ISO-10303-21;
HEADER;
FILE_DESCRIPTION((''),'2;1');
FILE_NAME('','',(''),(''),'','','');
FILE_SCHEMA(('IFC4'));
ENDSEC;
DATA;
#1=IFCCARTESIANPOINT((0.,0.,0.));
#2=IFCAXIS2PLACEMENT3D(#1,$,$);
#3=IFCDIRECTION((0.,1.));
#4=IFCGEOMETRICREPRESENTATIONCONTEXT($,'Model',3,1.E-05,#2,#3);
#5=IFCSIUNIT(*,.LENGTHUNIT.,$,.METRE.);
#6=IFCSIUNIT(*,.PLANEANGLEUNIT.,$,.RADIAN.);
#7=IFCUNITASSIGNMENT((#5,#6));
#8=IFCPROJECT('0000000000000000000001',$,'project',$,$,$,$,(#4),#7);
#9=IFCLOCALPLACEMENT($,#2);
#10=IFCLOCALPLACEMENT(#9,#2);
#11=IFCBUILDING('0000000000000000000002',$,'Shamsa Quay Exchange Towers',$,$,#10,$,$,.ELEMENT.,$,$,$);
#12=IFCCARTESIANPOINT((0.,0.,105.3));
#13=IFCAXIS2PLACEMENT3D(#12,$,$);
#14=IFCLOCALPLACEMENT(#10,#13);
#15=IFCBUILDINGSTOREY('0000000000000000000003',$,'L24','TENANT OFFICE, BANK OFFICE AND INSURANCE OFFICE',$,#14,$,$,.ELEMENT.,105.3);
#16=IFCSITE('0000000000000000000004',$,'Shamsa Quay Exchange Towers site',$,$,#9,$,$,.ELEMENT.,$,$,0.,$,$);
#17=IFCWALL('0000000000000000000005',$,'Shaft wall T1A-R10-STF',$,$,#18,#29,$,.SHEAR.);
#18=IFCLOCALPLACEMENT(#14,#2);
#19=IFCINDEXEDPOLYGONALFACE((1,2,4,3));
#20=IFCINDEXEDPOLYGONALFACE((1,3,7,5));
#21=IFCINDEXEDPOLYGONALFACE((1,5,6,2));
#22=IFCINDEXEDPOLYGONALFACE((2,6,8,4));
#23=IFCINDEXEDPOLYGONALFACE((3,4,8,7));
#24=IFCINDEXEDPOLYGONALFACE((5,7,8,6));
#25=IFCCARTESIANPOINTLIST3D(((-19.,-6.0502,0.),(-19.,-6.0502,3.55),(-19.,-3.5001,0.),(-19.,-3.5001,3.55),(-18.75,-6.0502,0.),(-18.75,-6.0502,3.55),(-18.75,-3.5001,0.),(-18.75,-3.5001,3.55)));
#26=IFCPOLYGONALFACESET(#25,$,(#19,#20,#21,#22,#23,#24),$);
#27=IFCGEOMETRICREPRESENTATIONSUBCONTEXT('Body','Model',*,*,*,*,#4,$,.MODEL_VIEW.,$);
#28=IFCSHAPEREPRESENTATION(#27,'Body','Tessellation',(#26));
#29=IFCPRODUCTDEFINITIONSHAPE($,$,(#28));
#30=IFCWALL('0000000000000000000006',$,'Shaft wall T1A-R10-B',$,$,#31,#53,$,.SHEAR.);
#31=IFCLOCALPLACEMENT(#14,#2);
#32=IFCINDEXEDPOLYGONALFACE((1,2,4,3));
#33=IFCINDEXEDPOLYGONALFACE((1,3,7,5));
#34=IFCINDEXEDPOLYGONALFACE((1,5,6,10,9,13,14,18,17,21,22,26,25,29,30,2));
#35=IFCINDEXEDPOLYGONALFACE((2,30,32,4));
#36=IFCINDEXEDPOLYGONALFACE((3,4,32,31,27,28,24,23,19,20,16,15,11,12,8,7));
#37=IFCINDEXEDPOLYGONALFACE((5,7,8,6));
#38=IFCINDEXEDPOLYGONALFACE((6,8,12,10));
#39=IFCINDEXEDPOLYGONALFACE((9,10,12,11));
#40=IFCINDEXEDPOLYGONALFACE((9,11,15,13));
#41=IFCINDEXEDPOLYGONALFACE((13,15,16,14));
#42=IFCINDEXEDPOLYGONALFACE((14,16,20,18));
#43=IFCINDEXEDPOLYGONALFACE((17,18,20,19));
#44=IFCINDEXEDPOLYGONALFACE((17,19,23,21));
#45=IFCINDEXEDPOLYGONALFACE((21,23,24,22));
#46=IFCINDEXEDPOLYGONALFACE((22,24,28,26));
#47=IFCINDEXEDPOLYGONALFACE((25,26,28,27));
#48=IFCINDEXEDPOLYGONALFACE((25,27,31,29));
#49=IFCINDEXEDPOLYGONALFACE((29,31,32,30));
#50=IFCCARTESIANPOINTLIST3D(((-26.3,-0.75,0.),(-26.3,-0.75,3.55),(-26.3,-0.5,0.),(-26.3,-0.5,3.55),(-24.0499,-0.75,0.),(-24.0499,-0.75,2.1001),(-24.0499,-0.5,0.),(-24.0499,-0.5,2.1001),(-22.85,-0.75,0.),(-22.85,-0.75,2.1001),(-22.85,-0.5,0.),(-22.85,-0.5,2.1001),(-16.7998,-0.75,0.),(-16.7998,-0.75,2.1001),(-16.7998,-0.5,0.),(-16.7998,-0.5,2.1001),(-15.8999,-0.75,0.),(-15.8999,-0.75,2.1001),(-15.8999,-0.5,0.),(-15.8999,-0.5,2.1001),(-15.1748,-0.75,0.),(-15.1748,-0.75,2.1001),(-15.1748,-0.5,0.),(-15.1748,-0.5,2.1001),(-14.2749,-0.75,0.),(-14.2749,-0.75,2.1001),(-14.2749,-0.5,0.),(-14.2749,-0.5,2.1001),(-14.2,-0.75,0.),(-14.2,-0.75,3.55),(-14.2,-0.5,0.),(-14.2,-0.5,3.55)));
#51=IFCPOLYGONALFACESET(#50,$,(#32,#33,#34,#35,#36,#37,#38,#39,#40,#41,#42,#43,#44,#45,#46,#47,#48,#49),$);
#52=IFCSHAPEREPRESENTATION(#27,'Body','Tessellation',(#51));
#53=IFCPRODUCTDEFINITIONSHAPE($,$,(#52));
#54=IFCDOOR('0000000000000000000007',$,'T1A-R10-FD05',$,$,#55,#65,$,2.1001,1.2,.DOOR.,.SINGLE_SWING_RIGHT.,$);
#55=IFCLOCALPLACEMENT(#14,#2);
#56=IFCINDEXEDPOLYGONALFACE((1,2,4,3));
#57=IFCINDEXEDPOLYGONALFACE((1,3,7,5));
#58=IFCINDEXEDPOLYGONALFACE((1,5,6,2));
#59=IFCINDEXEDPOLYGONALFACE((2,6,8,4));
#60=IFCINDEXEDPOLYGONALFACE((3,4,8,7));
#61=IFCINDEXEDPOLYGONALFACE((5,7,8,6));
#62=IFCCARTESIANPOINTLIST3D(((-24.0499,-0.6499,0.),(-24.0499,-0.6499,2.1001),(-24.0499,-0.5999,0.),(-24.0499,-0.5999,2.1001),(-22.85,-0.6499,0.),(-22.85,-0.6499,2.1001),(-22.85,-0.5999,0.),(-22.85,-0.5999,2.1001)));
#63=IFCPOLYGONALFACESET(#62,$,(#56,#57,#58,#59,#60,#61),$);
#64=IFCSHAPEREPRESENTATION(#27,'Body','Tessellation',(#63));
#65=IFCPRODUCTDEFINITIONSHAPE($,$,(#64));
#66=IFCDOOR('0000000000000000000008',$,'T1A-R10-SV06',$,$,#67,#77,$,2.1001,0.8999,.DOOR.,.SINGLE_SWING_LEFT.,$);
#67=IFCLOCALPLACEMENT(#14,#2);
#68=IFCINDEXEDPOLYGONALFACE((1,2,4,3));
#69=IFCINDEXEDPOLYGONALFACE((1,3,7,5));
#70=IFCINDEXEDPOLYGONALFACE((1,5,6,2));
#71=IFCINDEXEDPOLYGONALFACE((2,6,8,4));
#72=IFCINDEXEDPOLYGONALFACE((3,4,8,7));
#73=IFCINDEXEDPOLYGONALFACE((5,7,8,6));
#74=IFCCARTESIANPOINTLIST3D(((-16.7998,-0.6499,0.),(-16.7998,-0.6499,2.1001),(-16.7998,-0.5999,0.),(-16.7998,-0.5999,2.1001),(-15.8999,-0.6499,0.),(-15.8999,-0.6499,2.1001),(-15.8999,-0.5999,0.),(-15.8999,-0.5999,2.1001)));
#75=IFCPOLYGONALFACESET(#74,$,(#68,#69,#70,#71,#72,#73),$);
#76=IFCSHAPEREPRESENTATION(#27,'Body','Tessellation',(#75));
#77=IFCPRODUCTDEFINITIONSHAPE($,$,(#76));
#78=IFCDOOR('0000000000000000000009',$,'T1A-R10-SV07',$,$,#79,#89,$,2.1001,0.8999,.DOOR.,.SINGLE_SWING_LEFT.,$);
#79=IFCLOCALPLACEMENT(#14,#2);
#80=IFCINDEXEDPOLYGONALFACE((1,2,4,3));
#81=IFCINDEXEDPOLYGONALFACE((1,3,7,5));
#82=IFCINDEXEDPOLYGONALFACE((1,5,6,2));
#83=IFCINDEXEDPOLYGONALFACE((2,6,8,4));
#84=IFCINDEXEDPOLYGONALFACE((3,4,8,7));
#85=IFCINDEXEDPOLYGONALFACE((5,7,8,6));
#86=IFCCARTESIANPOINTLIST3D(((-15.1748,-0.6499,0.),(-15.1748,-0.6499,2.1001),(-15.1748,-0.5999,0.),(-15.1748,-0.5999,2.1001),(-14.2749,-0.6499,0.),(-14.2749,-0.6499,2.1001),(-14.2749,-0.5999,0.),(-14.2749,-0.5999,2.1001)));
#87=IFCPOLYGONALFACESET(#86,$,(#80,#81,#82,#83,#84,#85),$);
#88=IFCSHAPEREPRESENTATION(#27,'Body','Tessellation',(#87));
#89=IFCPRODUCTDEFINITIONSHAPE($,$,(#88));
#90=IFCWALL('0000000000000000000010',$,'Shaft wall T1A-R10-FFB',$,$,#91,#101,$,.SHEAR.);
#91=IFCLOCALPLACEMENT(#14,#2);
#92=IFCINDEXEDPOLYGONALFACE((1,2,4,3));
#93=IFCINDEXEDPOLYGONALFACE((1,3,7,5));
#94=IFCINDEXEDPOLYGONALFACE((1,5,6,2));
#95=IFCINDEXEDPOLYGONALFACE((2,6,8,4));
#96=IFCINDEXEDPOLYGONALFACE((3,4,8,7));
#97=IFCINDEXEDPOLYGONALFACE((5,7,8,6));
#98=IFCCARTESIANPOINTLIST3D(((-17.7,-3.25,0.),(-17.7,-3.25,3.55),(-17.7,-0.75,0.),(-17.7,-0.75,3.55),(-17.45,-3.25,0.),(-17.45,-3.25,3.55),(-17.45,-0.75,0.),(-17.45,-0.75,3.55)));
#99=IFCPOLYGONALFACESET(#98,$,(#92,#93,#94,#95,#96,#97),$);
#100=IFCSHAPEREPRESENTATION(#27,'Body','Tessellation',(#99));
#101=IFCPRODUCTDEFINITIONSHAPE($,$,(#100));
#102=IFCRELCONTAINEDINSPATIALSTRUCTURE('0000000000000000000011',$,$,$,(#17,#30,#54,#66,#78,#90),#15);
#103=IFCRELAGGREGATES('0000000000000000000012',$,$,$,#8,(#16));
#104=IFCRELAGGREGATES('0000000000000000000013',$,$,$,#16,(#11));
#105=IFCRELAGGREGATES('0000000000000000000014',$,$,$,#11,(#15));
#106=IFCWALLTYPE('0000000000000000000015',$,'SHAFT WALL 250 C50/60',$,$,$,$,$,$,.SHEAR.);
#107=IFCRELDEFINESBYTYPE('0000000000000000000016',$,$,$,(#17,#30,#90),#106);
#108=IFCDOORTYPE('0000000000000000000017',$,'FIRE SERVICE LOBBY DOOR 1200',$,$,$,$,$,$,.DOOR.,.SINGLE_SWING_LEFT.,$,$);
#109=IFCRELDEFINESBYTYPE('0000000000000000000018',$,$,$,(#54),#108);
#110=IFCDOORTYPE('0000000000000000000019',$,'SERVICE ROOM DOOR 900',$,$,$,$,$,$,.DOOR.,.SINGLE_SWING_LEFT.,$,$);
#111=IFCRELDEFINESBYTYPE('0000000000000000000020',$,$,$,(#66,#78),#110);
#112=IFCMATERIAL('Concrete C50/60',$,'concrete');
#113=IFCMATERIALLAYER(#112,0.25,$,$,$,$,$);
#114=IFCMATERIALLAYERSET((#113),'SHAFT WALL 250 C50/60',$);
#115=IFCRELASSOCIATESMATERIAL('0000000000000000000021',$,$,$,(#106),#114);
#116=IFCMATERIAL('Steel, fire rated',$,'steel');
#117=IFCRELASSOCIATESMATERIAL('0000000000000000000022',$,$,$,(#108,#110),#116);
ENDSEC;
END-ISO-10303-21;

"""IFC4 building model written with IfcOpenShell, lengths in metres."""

from ifc_helpers import new_model, si_unit, direction, frame, frame_2d, origin, place, context, subcontext, project, spatial, rectangle, extrude, material, layer, layer_set, type_object, element, fill, save


model = new_model("IFC4")

# Units and contexts
model_context = context("Model", 3, precision=1e-05, world=origin(), true_north=direction((0.0, 1.0)))
body_context = subcontext(model_context, "Body", "Model", "MODEL_VIEW")
ifc_project = project(units=[si_unit("LENGTHUNIT", "METRE"), si_unit("PLANEANGLEUNIT", "RADIAN")], contexts=[model_context])

# Site, building, storey
site_placement = place(None, origin())
site = spatial("IfcSite", under=ifc_project, at=site_placement, Name="Shamsa Quay Exchange Towers site", CompositionType="ELEMENT", RefElevation=0.0)
building_placement = place(site_placement, origin())
building = spatial("IfcBuilding", under=site, at=building_placement, Name="Shamsa Quay Exchange Towers", CompositionType="ELEMENT")
storey_placement = place(building_placement, frame((0.0, 0.0, 105.3)))
storey = spatial("IfcBuildingStorey", under=building, at=storey_placement, Name="L24", Description="TENANT OFFICE, BANK OFFICE AND INSURANCE OFFICE", CompositionType="ELEMENT", Elevation=105.3)

# Shared definitions
ifc_material_1 = material(Name="Concrete C50/60", Category="concrete")
ifc_layer_1 = layer(ifc_material_1, 0.25)
ifc_layer_set_1 = layer_set([ifc_layer_1], Name="SHAFT WALL 250 C50/60")
wall_type_1 = type_object("IfcWallType", Name="SHAFT WALL 250 C50/60", PredefinedType="SHEAR", material=ifc_layer_set_1)
ifc_material_2 = material(Name="Steel, fire rated", Category="steel")

# Wall
wall_1_placement = place(storey_placement, frame((-18.875, -6.05, 0.0), z_axis=(0.0, 0.0, 1.0), x_axis=(0.0, 1.0, 0.0)))
element("IfcWall", 1, at=wall_1_placement, inside=storey, type_object=wall_type_1, Name="Shaft wall T1A-R10-STF", PredefinedType="SHEAR", context=body_context, shape_type="SweptSolid", body=[
    extrude(rectangle(XDim=2.55, YDim=0.25, at=frame_2d((1.2749, 0.0))), origin(), (0.0, 0.0, 1.0), 3.55),
])

# Wall, openings, doors
wall_2_placement = place(storey_placement, frame((-14.2, -0.625, 0.0), z_axis=(0.0, 0.0, 1.0), x_axis=(-1.0, 0.0, 0.0)))
wall_2 = element("IfcWall", 2, at=wall_2_placement, inside=storey, type_object=wall_type_1, Name="Shaft wall T1A-R10-B", PredefinedType="SHEAR", context=body_context, shape_type="SweptSolid", body=[
    extrude(rectangle(XDim=12.1001, YDim=0.25, at=frame_2d((6.05, 0.0))), origin(), (0.0, 0.0, 1.0), 3.55),
])
opening_1_placement = place(wall_2_placement, frame((8.6499, 0.0, 0.0)))
opening_1 = element("IfcOpeningElement", 3, at=opening_1_placement, cuts=wall_2, PredefinedType="OPENING", context=body_context, shape_type="SweptSolid", body=[
    extrude(rectangle(XDim=1.2, YDim=2.1001, at=frame_2d((0.6001, 1.05))), frame((0.0, 0.135, 0.0), z_axis=(0.0, -1.0, 0.0), x_axis=(1.0, 0.0, 0.0)), (0.0, 0.0, 1.0), 0.27),
])
opening_2_placement = place(wall_2_placement, frame((1.7, 0.0, 0.0)))
opening_2 = element("IfcOpeningElement", 4, at=opening_2_placement, cuts=wall_2, PredefinedType="OPENING", context=body_context, shape_type="SweptSolid", body=[
    extrude(rectangle(XDim=0.8999, YDim=2.1001, at=frame_2d((0.45, 1.05))), frame((0.0, 0.135, 0.0), z_axis=(0.0, -1.0, 0.0), x_axis=(1.0, 0.0, 0.0)), (0.0, 0.0, 1.0), 0.27),
])
opening_3_placement = place(wall_2_placement, frame((0.075, 0.0, 0.0)))
opening_3 = element("IfcOpeningElement", 5, at=opening_3_placement, cuts=wall_2, PredefinedType="OPENING", context=body_context, shape_type="SweptSolid", body=[
    extrude(rectangle(XDim=0.8999, YDim=2.1001, at=frame_2d((0.45, 1.05))), frame((0.0, 0.135, 0.0), z_axis=(0.0, -1.0, 0.0), x_axis=(1.0, 0.0, 0.0)), (0.0, 0.0, 1.0), 0.27),
])
door_type_1 = type_object("IfcDoorType", Name="FIRE SERVICE LOBBY DOOR 1200", OperationType="SINGLE_SWING_LEFT", PredefinedType="DOOR", material=ifc_material_2)
door_1_placement = place(opening_1_placement, origin())
door_1 = element("IfcDoor", 6, at=door_1_placement, inside=storey, type_object=door_type_1, Name="T1A-R10-FD05", OperationType="SINGLE_SWING_RIGHT", OverallHeight=2.1001, OverallWidth=1.2, PredefinedType="DOOR", context=body_context, shape_type="SweptSolid", body=[
    extrude(rectangle(XDim=1.2, YDim=2.1001, at=frame_2d((0.6001, 1.05))), frame((0.0, 0.0249, 0.0), z_axis=(0.0, -1.0, 0.0), x_axis=(1.0, 0.0, 0.0)), (0.0, 0.0, 1.0), 0.05),
])
fill(opening_1, door_1)
door_type_2 = type_object("IfcDoorType", Name="SERVICE ROOM DOOR 900", OperationType="SINGLE_SWING_LEFT", PredefinedType="DOOR", material=ifc_material_2)
door_2_placement = place(opening_2_placement, origin())
door_2 = element("IfcDoor", 7, at=door_2_placement, inside=storey, type_object=door_type_2, Name="T1A-R10-SV06", OperationType="SINGLE_SWING_LEFT", OverallHeight=2.1001, OverallWidth=0.8999, PredefinedType="DOOR", context=body_context, shape_type="SweptSolid", body=[
    extrude(rectangle(XDim=0.8999, YDim=2.1001, at=frame_2d((0.45, 1.05))), frame((0.0, 0.0249, 0.0), z_axis=(0.0, -1.0, 0.0), x_axis=(1.0, 0.0, 0.0)), (0.0, 0.0, 1.0), 0.05),
])
fill(opening_2, door_2)
door_3_placement = place(opening_3_placement, origin())
door_3 = element("IfcDoor", 8, at=door_3_placement, inside=storey, type_object=door_type_2, Name="T1A-R10-SV07", OperationType="SINGLE_SWING_LEFT", OverallHeight=2.1001, OverallWidth=0.8999, PredefinedType="DOOR", context=body_context, shape_type="SweptSolid", body=[
    extrude(rectangle(XDim=0.8999, YDim=2.1001, at=frame_2d((0.45, 1.05))), frame((0.0, 0.0249, 0.0), z_axis=(0.0, -1.0, 0.0), x_axis=(1.0, 0.0, 0.0)), (0.0, 0.0, 1.0), 0.05),
])
fill(opening_3, door_3)

# Wall
wall_3_placement = place(storey_placement, frame((-17.575, -3.25, 0.0), z_axis=(0.0, 0.0, 1.0), x_axis=(0.0, 1.0, 0.0)))
element("IfcWall", 9, at=wall_3_placement, inside=storey, type_object=wall_type_1, Name="Shaft wall T1A-R10-FFB", PredefinedType="SHEAR", context=body_context, shape_type="SweptSolid", body=[
    extrude(rectangle(XDim=2.5, YDim=0.25, at=frame_2d((1.25, 0.0))), origin(), (0.0, 0.0, 1.0), 3.55),
])

save(model, "model.ifc")
